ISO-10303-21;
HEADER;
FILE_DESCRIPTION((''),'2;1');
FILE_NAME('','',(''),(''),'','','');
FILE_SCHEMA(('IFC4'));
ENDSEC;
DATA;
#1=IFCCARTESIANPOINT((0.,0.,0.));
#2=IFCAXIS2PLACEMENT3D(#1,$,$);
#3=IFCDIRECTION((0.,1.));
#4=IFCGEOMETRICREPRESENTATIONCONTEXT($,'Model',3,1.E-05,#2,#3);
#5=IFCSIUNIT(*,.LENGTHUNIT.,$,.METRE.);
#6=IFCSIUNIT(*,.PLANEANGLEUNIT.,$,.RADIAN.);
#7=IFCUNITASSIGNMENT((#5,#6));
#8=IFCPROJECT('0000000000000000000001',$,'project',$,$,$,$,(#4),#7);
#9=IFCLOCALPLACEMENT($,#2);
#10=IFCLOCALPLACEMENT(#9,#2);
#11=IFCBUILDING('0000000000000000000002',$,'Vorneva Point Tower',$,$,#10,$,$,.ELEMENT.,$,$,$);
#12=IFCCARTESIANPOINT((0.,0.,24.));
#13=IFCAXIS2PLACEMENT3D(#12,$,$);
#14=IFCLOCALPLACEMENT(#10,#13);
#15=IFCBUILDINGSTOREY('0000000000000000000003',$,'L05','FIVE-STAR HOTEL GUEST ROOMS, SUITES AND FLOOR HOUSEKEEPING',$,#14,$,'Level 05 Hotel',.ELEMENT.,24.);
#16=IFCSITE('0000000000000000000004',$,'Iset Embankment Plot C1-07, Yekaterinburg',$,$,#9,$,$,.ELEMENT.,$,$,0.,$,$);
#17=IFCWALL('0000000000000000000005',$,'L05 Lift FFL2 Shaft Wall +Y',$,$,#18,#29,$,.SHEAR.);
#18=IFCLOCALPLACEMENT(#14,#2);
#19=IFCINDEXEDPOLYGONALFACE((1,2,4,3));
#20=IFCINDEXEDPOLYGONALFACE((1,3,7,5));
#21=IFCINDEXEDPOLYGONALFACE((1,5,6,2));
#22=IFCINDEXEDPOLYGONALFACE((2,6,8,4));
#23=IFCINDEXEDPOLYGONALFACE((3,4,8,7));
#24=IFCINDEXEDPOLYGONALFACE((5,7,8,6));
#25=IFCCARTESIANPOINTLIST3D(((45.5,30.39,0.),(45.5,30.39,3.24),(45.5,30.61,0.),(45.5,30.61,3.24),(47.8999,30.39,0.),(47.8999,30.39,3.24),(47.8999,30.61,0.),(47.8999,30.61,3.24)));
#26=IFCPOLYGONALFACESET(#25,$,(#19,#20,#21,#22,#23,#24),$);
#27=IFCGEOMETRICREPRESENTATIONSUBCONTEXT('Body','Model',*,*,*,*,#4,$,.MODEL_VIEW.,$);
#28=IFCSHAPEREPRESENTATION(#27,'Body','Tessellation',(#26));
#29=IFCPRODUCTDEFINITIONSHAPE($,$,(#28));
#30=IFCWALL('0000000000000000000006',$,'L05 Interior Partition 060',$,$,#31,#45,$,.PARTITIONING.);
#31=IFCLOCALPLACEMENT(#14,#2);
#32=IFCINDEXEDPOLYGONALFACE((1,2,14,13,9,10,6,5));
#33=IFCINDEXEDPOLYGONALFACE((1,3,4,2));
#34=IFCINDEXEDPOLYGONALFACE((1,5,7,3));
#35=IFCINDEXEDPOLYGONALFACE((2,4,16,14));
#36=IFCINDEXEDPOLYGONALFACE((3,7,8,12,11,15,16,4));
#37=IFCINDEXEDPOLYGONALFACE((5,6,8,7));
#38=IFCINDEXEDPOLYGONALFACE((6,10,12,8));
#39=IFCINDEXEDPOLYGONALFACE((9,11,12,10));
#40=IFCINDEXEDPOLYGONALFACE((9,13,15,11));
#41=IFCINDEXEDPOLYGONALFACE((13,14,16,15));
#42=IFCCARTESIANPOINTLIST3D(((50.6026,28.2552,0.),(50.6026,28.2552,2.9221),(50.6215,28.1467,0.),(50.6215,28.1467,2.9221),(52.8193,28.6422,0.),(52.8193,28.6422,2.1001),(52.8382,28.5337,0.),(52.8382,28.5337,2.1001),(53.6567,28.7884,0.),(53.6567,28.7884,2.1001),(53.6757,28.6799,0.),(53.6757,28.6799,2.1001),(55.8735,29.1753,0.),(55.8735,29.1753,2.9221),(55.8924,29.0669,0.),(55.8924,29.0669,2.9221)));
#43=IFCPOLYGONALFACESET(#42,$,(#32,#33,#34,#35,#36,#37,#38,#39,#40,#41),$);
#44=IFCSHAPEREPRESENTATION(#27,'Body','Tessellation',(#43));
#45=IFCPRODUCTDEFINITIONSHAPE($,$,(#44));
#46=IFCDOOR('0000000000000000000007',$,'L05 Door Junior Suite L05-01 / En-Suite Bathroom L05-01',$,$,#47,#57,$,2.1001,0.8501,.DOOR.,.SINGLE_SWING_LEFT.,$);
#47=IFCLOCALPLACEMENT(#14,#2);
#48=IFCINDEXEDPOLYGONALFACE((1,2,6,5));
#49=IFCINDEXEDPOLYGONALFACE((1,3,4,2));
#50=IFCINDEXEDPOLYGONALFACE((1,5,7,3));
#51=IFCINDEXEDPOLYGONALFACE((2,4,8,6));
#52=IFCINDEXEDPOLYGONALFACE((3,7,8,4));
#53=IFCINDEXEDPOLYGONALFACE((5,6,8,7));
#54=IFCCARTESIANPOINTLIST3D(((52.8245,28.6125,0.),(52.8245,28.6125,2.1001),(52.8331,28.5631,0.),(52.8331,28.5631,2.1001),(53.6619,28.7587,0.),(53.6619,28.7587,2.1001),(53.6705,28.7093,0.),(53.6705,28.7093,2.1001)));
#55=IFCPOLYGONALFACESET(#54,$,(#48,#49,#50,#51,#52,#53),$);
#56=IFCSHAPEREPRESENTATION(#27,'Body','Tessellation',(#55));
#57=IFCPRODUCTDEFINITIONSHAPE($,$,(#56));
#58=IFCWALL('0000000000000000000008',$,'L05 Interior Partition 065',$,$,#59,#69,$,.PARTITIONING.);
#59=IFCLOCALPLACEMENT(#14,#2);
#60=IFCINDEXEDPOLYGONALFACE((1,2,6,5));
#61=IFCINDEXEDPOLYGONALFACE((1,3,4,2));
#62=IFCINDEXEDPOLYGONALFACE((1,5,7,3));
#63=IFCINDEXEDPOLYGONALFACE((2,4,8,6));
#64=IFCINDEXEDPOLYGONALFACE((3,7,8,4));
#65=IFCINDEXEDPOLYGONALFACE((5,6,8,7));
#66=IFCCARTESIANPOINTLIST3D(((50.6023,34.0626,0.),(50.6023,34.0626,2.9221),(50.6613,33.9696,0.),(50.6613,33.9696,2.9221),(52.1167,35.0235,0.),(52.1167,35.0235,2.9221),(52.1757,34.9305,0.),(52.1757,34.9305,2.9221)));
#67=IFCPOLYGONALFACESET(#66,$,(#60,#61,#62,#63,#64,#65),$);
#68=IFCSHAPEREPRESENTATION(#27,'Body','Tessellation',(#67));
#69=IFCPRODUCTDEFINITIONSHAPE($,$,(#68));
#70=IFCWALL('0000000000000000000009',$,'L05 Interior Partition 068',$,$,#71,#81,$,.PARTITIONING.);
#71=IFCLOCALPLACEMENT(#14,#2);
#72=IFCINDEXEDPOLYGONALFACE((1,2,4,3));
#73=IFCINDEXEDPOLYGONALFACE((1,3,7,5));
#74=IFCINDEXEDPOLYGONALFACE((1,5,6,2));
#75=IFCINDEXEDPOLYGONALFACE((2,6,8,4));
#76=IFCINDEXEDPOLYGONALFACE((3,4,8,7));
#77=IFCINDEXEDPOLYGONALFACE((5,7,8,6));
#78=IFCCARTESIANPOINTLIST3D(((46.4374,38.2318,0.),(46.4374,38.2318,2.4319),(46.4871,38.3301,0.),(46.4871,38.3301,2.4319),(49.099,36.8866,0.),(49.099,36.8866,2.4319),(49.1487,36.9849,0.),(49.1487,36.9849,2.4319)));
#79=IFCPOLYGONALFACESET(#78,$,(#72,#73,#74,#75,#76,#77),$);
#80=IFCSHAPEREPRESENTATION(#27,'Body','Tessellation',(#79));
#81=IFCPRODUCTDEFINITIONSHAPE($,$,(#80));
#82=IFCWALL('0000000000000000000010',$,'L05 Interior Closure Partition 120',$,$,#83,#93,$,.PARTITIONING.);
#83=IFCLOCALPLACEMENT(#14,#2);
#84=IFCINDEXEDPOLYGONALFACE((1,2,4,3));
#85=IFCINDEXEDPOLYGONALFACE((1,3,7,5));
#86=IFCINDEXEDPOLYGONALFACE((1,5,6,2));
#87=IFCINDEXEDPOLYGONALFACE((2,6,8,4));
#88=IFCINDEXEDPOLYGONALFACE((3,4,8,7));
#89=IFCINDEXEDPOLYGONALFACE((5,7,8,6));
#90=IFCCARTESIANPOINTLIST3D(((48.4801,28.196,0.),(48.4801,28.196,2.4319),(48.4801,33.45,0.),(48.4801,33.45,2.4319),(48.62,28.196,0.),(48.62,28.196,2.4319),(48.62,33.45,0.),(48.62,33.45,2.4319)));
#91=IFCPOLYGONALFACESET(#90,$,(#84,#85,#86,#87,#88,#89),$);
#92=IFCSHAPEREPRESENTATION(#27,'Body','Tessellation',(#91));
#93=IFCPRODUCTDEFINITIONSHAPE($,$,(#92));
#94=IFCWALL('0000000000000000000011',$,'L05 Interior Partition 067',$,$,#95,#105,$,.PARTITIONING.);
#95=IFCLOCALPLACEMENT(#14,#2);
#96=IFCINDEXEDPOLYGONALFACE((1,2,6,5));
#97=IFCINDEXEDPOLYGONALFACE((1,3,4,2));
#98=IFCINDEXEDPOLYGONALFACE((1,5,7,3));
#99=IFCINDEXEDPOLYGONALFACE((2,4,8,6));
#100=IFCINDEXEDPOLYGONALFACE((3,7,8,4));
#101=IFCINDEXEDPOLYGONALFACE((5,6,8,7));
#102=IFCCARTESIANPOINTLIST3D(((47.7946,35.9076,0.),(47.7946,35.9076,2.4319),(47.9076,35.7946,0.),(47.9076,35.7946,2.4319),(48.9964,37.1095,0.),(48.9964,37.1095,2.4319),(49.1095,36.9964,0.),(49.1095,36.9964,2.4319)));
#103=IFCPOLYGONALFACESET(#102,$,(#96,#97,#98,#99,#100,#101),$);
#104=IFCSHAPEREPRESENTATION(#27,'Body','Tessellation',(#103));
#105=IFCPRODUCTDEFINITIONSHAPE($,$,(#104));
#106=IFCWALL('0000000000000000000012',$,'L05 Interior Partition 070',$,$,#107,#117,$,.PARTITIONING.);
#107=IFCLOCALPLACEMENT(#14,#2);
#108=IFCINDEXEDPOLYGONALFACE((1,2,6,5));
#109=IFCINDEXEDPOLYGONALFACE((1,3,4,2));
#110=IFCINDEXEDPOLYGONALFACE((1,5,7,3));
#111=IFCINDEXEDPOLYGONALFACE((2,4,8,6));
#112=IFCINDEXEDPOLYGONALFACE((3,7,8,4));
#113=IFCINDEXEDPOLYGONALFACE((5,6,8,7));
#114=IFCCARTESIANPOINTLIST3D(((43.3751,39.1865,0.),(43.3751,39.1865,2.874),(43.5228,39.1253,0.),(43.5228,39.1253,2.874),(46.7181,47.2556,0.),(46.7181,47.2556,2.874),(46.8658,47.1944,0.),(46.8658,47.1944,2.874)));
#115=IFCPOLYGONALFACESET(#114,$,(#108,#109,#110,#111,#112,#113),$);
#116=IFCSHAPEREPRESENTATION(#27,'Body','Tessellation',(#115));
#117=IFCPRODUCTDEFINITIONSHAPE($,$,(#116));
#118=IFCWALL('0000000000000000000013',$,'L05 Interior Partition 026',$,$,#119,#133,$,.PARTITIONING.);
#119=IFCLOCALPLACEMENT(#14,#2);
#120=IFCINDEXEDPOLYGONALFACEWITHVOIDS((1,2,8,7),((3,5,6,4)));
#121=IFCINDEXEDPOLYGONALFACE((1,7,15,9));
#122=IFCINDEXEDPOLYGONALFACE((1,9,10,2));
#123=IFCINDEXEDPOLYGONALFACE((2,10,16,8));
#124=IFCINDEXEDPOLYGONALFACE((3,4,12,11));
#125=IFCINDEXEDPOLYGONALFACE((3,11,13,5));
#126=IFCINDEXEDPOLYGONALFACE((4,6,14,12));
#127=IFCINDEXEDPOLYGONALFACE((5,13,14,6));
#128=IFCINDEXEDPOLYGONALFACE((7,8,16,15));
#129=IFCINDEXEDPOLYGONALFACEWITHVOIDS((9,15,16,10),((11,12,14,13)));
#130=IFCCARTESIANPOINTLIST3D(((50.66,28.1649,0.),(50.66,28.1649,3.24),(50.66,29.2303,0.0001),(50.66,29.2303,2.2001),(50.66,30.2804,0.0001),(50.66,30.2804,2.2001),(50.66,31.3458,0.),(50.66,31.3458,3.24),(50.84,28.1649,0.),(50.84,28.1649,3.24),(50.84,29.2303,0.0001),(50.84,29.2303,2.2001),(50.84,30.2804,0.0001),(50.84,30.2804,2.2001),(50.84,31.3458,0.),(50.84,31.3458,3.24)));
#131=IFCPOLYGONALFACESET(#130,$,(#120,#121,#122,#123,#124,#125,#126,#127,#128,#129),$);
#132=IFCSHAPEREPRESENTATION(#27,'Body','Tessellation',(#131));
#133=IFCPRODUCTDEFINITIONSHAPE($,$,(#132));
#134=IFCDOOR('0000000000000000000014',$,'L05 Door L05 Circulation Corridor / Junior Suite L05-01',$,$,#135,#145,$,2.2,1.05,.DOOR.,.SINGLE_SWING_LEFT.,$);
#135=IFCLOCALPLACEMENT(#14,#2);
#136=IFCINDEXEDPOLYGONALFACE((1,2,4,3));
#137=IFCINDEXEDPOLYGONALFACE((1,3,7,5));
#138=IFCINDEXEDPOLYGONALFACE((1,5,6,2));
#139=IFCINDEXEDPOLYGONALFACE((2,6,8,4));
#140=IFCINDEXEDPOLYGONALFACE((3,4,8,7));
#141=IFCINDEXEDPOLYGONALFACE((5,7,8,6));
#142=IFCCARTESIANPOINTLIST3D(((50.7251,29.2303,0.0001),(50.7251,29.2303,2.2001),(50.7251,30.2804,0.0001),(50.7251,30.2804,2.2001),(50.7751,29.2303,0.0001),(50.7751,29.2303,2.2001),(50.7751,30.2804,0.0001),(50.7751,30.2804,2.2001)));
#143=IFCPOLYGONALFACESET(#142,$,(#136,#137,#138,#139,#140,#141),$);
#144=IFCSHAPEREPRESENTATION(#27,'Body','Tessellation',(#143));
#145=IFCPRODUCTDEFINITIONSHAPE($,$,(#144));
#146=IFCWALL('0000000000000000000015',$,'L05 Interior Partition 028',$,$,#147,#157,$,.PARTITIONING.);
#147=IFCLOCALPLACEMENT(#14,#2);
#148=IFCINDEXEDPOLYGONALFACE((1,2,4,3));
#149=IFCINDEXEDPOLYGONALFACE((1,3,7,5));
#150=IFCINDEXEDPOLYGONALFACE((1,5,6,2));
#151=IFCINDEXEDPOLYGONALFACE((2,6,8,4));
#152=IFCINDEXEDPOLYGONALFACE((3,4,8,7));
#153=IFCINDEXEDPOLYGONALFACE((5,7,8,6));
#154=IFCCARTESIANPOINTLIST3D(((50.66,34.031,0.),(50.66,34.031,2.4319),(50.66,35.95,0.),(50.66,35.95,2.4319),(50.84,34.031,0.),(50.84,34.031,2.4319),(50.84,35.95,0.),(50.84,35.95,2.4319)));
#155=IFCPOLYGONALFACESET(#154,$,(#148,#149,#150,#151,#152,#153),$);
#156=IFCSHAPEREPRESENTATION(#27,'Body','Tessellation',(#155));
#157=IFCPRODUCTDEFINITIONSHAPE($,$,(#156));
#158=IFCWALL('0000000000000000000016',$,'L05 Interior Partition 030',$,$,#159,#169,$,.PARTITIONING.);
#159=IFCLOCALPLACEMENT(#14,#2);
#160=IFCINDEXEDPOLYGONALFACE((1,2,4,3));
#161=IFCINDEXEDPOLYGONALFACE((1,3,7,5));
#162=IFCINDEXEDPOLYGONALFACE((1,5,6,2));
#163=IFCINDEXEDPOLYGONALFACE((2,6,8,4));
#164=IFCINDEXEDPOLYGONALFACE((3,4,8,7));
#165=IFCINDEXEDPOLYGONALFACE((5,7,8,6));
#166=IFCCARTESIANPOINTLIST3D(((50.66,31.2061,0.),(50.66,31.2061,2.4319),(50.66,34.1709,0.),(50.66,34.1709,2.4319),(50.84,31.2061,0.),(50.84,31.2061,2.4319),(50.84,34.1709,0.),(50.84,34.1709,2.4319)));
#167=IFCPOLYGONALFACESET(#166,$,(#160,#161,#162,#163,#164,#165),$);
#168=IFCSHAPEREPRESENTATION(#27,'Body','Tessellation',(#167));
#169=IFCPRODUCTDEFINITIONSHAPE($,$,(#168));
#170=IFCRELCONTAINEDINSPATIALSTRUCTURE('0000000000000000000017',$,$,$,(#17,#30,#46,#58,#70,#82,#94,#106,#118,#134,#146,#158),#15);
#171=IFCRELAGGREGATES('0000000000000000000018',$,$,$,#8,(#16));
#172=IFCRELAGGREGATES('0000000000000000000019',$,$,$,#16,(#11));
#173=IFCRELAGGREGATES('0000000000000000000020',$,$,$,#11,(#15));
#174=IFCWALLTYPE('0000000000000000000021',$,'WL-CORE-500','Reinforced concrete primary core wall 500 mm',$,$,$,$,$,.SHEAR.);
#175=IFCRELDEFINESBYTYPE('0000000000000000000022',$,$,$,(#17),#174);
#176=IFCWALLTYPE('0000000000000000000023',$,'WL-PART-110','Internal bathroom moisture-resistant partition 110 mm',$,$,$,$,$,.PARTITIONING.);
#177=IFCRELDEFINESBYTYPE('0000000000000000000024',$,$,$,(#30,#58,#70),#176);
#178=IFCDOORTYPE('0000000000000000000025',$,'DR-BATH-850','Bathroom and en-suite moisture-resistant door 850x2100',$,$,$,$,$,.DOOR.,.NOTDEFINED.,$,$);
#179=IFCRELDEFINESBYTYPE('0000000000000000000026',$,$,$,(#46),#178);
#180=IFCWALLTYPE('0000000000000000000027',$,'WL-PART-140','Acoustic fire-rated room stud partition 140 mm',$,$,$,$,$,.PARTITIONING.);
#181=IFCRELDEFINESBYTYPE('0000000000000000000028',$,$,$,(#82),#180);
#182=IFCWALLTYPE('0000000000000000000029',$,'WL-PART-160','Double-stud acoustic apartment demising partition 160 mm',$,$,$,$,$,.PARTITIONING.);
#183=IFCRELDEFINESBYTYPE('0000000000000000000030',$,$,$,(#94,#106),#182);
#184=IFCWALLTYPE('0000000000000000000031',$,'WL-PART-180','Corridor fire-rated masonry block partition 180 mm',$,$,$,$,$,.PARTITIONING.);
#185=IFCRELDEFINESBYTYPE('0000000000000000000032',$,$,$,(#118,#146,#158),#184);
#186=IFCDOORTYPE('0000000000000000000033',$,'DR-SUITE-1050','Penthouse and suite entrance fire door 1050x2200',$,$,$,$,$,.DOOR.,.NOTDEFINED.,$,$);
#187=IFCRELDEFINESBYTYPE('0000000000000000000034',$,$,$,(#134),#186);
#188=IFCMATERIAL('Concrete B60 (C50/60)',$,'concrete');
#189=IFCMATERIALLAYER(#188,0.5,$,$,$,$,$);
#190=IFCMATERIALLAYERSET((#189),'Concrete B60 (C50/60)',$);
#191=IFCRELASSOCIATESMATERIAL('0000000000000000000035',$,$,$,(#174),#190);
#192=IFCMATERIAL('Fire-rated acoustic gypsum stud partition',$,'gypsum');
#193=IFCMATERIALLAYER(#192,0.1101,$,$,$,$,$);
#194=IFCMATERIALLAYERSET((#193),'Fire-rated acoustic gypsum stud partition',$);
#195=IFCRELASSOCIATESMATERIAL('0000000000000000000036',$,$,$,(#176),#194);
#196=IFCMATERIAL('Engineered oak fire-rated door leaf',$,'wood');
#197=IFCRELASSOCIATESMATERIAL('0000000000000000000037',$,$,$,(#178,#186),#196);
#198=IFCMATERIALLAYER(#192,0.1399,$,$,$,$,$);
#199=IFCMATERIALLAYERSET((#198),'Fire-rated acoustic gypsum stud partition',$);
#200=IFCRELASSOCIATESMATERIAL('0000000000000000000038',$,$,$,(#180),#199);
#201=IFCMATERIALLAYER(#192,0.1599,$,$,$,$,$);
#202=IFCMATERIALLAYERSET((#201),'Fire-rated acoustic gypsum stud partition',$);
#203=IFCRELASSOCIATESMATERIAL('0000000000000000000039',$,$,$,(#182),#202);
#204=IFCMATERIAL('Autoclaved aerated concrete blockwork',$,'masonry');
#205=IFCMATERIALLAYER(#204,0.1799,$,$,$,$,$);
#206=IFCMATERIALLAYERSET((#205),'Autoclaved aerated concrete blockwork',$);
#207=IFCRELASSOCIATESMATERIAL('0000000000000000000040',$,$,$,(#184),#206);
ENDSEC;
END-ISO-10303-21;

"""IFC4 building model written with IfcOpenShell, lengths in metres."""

from ifc_helpers import new_model, si_unit, direction, frame, frame_2d, origin, place, context, subcontext, project, spatial, rectangle, extrude, material, layer, layer_set, type_object, element, fill, save


model = new_model("IFC4")

# Units and contexts
model_context = context("Model", 3, precision=1e-05, world=origin(), true_north=direction((0.0, 1.0)))
body_context = subcontext(model_context, "Body", "Model", "MODEL_VIEW")
ifc_project = project(units=[si_unit("LENGTHUNIT", "METRE"), si_unit("PLANEANGLEUNIT", "RADIAN")], contexts=[model_context])

# Site, building, storey
site_placement = place(None, origin())
site = spatial("IfcSite", under=ifc_project, at=site_placement, Name="Iset Embankment Plot C1-07, Yekaterinburg", CompositionType="ELEMENT", RefElevation=0.0)
building_placement = place(site_placement, origin())
building = spatial("IfcBuilding", under=site, at=building_placement, Name="Vorneva Point Tower", CompositionType="ELEMENT")
storey_placement = place(building_placement, frame((0.0, 0.0, 24.0)))
storey = spatial("IfcBuildingStorey", under=building, at=storey_placement, Name="L05", Description="FIVE-STAR HOTEL GUEST ROOMS, SUITES AND FLOOR HOUSEKEEPING", LongName="Level 05 Hotel", CompositionType="ELEMENT", Elevation=24.0)

# Shared definitions
ifc_material_1 = material(Name="Concrete B60 (C50/60)", Category="concrete")

# Wall
ifc_layer_1 = layer(ifc_material_1, 0.5)
ifc_layer_set_1 = layer_set([ifc_layer_1], Name="Concrete B60 (C50/60)")
wall_type_1 = type_object("IfcWallType", Name="WL-CORE-500", Description="Reinforced concrete primary core wall 500 mm", PredefinedType="SHEAR", material=ifc_layer_set_1)
wall_1_placement = place(storey_placement, frame((47.8999, 30.5, 0.0), z_axis=(0.0, 0.0, 1.0), x_axis=(-1.0, 0.0, 0.0)))
element("IfcWall", 1, at=wall_1_placement, inside=storey, type_object=wall_type_1, Name="L05 Lift FFL2 Shaft Wall +Y", PredefinedType="SHEAR", context=body_context, shape_type="SweptSolid", body=[
    extrude(rectangle(XDim=2.3999, YDim=0.22, at=frame_2d((1.2, 0.0))), origin(), (0.0, 0.0, 1.0), 3.24),
])

# Wall, opening, door
ifc_material_2 = material(Name="Fire-rated acoustic gypsum stud partition", Category="gypsum")
ifc_layer_2 = layer(ifc_material_2, 0.1101)
ifc_layer_set_2 = layer_set([ifc_layer_2], Name="Fire-rated acoustic gypsum stud partition")
wall_type_2 = type_object("IfcWallType", Name="WL-PART-110", Description="Internal bathroom moisture-resistant partition 110 mm", PredefinedType="PARTITIONING", material=ifc_layer_set_2)
wall_2_placement = place(storey_placement, frame((50.6121, 28.2009, 0.0), z_axis=(0.0, 0.0, 1.0), x_axis=(0.985101, 0.171979, 0.0)))
wall_2 = element("IfcWall", 2, at=wall_2_placement, inside=storey, type_object=wall_type_2, Name="L05 Interior Partition 060", PredefinedType="PARTITIONING", context=body_context, shape_type="SweptSolid", body=[
    extrude(rectangle(XDim=5.3506, YDim=0.1101, at=frame_2d((2.6753, 0.0))), origin(), (0.0, 0.0, 1.0), 2.9221),
])
opening_1_placement = place(wall_2_placement, frame((2.2502, 0.0, 0.0)))
opening_1 = element("IfcOpeningElement", 3, at=opening_1_placement, cuts=wall_2, PredefinedType="OPENING", context=body_context, shape_type="SweptSolid", body=[
    extrude(rectangle(XDim=0.8501, YDim=2.1001, at=frame_2d((0.425, 1.05))), frame((0.0, 0.0698, 0.0), z_axis=(0.0, -1.0, 0.0), x_axis=(1.0, 0.0, 0.0)), (0.0, 0.0, 1.0), 0.1399),
])
ifc_material_3 = material(Name="Engineered oak fire-rated door leaf", Category="wood")
door_type_1 = type_object("IfcDoorType", Name="DR-BATH-850", Description="Bathroom and en-suite moisture-resistant door 850x2100", OperationType="NOTDEFINED", PredefinedType="DOOR", material=ifc_material_3)
door_1_placement = place(opening_1_placement, origin())
door_1 = element("IfcDoor", 4, at=door_1_placement, inside=storey, type_object=door_type_1, Name="L05 Door Junior Suite L05-01 / En-Suite Bathroom L05-01", OperationType="SINGLE_SWING_LEFT", OverallHeight=2.1001, OverallWidth=0.8501, PredefinedType="DOOR", context=body_context, shape_type="SweptSolid", body=[
    extrude(rectangle(XDim=0.8501, YDim=2.1001, at=frame_2d((0.425, 1.05))), frame((0.0, 0.0249, 0.0), z_axis=(0.0, -1.0, 0.0), x_axis=(1.0, 0.0, 0.0)), (0.0, 0.0, 1.0), 0.05),
])
fill(opening_1, door_1)

# Walls
wall_3_placement = place(storey_placement, frame((50.6318, 34.0161, 0.0), z_axis=(0.0, 0.0, 1.0), x_axis=(0.844361, 0.535774, 0.0)))
element("IfcWall", 5, at=wall_3_placement, inside=storey, type_object=wall_type_2, Name="L05 Interior Partition 065", PredefinedType="PARTITIONING", context=body_context, shape_type="SweptSolid", body=[
    extrude(rectangle(XDim=1.7935, YDim=0.1101, at=frame_2d((0.8967, 0.0))), origin(), (0.0, 0.0, 1.0), 2.9221),
])
wall_4_placement = place(storey_placement, frame((46.4622, 38.281, 0.0), z_axis=(0.0, 0.0, 1.0), x_axis=(0.892487, -0.451073, 0.0)))
element("IfcWall", 6, at=wall_4_placement, inside=storey, type_object=wall_type_2, Name="L05 Interior Partition 068", PredefinedType="PARTITIONING", context=body_context, shape_type="SweptSolid", body=[
    extrude(rectangle(XDim=2.9822, YDim=0.1101, at=frame_2d((1.4912, 0.0))), origin(), (0.0, 0.0, 1.0), 2.4319),
])
ifc_layer_3 = layer(ifc_material_2, 0.1399)
ifc_layer_set_3 = layer_set([ifc_layer_3], Name="Fire-rated acoustic gypsum stud partition")
wall_type_3 = type_object("IfcWallType", Name="WL-PART-140", Description="Acoustic fire-rated room stud partition 140 mm", PredefinedType="PARTITIONING", material=ifc_layer_set_3)
wall_5_placement = place(storey_placement, frame((48.55, 33.45, 0.0), z_axis=(0.0, 0.0, 1.0), x_axis=(0.0, -1.0, 0.0)))
element("IfcWall", 7, at=wall_5_placement, inside=storey, type_object=wall_type_3, Name="L05 Interior Closure Partition 120", PredefinedType="PARTITIONING", context=body_context, shape_type="SweptSolid", body=[
    extrude(rectangle(XDim=5.2539, YDim=0.1399, at=frame_2d((2.627, 0.0))), origin(), (0.0, 0.0, 1.0), 2.4319),
])
ifc_layer_4 = layer(ifc_material_2, 0.1599)
ifc_layer_set_4 = layer_set([ifc_layer_4], Name="Fire-rated acoustic gypsum stud partition")
wall_type_4 = type_object("IfcWallType", Name="WL-PART-160", Description="Double-stud acoustic apartment demising partition 160 mm", PredefinedType="PARTITIONING", material=ifc_layer_set_4)
wall_6_placement = place(storey_placement, frame((49.053, 37.053, 0.0), z_axis=(0.0, 0.0, 1.0), x_axis=(-0.707107, -0.707107, 0.0)))
element("IfcWall", 8, at=wall_6_placement, inside=storey, type_object=wall_type_4, Name="L05 Interior Partition 067", PredefinedType="PARTITIONING", context=body_context, shape_type="SweptSolid", body=[
    extrude(rectangle(XDim=1.6997, YDim=0.1599, at=frame_2d((0.8499, 0.0))), origin(), (0.0, 0.0, 1.0), 2.4319),
])
wall_7_placement = place(storey_placement, frame((46.792, 47.2251, 0.0), z_axis=(0.0, 0.0, 1.0), x_axis=(-0.382751, -0.923852, 0.0)))
element("IfcWall", 9, at=wall_7_placement, inside=storey, type_object=wall_type_4, Name="L05 Interior Partition 070", PredefinedType="PARTITIONING", context=body_context, shape_type="SweptSolid", body=[
    extrude(rectangle(XDim=8.7341, YDim=0.1599, at=frame_2d((4.3672, 0.0))), origin(), (0.0, 0.0, 1.0), 2.874),
])

# Wall, opening, door
ifc_material_4 = material(Name="Autoclaved aerated concrete blockwork", Category="masonry")
ifc_layer_5 = layer(ifc_material_4, 0.1799)
ifc_layer_set_5 = layer_set([ifc_layer_5], Name="Autoclaved aerated concrete blockwork")
wall_type_5 = type_object("IfcWallType", Name="WL-PART-180", Description="Corridor fire-rated masonry block partition 180 mm", PredefinedType="PARTITIONING", material=ifc_layer_set_5)
wall_8_placement = place(storey_placement, frame((50.75, 28.165, 0.0), z_axis=(0.0, 0.0, 1.0), x_axis=(0.0, 1.0, 0.0)))
wall_8 = element("IfcWall", 10, at=wall_8_placement, inside=storey, type_object=wall_type_5, Name="L05 Interior Partition 026", PredefinedType="PARTITIONING", context=body_context, shape_type="SweptSolid", body=[
    extrude(rectangle(XDim=3.1809, YDim=0.1799, at=frame_2d((1.5903, 0.0))), origin(), (0.0, 0.0, 1.0), 3.24),
])
opening_2_placement = place(wall_8_placement, frame((1.0654, 0.0, 0.0)))
opening_2 = element("IfcOpeningElement", 11, at=opening_2_placement, cuts=wall_8, PredefinedType="OPENING", context=body_context, shape_type="SweptSolid", body=[
    extrude(rectangle(XDim=1.05, YDim=2.2, at=frame_2d((0.5249, 1.1001))), frame((0.0, 0.105, 0.0), z_axis=(0.0, -1.0, 0.0), x_axis=(1.0, 0.0, 0.0)), (0.0, 0.0, 1.0), 0.2097),
])
door_type_2 = type_object("IfcDoorType", Name="DR-SUITE-1050", Description="Penthouse and suite entrance fire door 1050x2200", OperationType="NOTDEFINED", PredefinedType="DOOR", material=ifc_material_3)
door_2_placement = place(opening_2_placement, origin())
door_2 = element("IfcDoor", 12, at=door_2_placement, inside=storey, type_object=door_type_2, Name="L05 Door L05 Circulation Corridor / Junior Suite L05-01", OperationType="SINGLE_SWING_LEFT", OverallHeight=2.2, OverallWidth=1.05, PredefinedType="DOOR", context=body_context, shape_type="SweptSolid", body=[
    extrude(rectangle(XDim=1.05, YDim=2.2, at=frame_2d((0.5249, 1.1001))), frame((0.0, 0.0249, 0.0), z_axis=(0.0, -1.0, 0.0), x_axis=(1.0, 0.0, 0.0)), (0.0, 0.0, 1.0), 0.05),
])
fill(opening_2, door_2)

# Walls
wall_9_placement = place(storey_placement, frame((50.75, 34.031, 0.0), z_axis=(0.0, 0.0, 1.0), x_axis=(0.0, 1.0, 0.0)))
element("IfcWall", 13, at=wall_9_placement, inside=storey, type_object=wall_type_5, Name="L05 Interior Partition 028", PredefinedType="PARTITIONING", context=body_context, shape_type="SweptSolid", body=[
    extrude(rectangle(XDim=1.9189, YDim=0.1799, at=frame_2d((0.9595, 0.0))), origin(), (0.0, 0.0, 1.0), 2.4319),
])
wall_10_placement = place(storey_placement, frame((50.75, 31.2061, 0.0), z_axis=(0.0, 0.0, 1.0), x_axis=(0.0, 1.0, 0.0)))
element("IfcWall", 14, at=wall_10_placement, inside=storey, type_object=wall_type_5, Name="L05 Interior Partition 030", PredefinedType="PARTITIONING", context=body_context, shape_type="SweptSolid", body=[
    extrude(rectangle(XDim=2.9648, YDim=0.1799, at=frame_2d((1.4824, 0.0))), origin(), (0.0, 0.0, 1.0), 2.4319),
])

save(model, "model.ifc")
